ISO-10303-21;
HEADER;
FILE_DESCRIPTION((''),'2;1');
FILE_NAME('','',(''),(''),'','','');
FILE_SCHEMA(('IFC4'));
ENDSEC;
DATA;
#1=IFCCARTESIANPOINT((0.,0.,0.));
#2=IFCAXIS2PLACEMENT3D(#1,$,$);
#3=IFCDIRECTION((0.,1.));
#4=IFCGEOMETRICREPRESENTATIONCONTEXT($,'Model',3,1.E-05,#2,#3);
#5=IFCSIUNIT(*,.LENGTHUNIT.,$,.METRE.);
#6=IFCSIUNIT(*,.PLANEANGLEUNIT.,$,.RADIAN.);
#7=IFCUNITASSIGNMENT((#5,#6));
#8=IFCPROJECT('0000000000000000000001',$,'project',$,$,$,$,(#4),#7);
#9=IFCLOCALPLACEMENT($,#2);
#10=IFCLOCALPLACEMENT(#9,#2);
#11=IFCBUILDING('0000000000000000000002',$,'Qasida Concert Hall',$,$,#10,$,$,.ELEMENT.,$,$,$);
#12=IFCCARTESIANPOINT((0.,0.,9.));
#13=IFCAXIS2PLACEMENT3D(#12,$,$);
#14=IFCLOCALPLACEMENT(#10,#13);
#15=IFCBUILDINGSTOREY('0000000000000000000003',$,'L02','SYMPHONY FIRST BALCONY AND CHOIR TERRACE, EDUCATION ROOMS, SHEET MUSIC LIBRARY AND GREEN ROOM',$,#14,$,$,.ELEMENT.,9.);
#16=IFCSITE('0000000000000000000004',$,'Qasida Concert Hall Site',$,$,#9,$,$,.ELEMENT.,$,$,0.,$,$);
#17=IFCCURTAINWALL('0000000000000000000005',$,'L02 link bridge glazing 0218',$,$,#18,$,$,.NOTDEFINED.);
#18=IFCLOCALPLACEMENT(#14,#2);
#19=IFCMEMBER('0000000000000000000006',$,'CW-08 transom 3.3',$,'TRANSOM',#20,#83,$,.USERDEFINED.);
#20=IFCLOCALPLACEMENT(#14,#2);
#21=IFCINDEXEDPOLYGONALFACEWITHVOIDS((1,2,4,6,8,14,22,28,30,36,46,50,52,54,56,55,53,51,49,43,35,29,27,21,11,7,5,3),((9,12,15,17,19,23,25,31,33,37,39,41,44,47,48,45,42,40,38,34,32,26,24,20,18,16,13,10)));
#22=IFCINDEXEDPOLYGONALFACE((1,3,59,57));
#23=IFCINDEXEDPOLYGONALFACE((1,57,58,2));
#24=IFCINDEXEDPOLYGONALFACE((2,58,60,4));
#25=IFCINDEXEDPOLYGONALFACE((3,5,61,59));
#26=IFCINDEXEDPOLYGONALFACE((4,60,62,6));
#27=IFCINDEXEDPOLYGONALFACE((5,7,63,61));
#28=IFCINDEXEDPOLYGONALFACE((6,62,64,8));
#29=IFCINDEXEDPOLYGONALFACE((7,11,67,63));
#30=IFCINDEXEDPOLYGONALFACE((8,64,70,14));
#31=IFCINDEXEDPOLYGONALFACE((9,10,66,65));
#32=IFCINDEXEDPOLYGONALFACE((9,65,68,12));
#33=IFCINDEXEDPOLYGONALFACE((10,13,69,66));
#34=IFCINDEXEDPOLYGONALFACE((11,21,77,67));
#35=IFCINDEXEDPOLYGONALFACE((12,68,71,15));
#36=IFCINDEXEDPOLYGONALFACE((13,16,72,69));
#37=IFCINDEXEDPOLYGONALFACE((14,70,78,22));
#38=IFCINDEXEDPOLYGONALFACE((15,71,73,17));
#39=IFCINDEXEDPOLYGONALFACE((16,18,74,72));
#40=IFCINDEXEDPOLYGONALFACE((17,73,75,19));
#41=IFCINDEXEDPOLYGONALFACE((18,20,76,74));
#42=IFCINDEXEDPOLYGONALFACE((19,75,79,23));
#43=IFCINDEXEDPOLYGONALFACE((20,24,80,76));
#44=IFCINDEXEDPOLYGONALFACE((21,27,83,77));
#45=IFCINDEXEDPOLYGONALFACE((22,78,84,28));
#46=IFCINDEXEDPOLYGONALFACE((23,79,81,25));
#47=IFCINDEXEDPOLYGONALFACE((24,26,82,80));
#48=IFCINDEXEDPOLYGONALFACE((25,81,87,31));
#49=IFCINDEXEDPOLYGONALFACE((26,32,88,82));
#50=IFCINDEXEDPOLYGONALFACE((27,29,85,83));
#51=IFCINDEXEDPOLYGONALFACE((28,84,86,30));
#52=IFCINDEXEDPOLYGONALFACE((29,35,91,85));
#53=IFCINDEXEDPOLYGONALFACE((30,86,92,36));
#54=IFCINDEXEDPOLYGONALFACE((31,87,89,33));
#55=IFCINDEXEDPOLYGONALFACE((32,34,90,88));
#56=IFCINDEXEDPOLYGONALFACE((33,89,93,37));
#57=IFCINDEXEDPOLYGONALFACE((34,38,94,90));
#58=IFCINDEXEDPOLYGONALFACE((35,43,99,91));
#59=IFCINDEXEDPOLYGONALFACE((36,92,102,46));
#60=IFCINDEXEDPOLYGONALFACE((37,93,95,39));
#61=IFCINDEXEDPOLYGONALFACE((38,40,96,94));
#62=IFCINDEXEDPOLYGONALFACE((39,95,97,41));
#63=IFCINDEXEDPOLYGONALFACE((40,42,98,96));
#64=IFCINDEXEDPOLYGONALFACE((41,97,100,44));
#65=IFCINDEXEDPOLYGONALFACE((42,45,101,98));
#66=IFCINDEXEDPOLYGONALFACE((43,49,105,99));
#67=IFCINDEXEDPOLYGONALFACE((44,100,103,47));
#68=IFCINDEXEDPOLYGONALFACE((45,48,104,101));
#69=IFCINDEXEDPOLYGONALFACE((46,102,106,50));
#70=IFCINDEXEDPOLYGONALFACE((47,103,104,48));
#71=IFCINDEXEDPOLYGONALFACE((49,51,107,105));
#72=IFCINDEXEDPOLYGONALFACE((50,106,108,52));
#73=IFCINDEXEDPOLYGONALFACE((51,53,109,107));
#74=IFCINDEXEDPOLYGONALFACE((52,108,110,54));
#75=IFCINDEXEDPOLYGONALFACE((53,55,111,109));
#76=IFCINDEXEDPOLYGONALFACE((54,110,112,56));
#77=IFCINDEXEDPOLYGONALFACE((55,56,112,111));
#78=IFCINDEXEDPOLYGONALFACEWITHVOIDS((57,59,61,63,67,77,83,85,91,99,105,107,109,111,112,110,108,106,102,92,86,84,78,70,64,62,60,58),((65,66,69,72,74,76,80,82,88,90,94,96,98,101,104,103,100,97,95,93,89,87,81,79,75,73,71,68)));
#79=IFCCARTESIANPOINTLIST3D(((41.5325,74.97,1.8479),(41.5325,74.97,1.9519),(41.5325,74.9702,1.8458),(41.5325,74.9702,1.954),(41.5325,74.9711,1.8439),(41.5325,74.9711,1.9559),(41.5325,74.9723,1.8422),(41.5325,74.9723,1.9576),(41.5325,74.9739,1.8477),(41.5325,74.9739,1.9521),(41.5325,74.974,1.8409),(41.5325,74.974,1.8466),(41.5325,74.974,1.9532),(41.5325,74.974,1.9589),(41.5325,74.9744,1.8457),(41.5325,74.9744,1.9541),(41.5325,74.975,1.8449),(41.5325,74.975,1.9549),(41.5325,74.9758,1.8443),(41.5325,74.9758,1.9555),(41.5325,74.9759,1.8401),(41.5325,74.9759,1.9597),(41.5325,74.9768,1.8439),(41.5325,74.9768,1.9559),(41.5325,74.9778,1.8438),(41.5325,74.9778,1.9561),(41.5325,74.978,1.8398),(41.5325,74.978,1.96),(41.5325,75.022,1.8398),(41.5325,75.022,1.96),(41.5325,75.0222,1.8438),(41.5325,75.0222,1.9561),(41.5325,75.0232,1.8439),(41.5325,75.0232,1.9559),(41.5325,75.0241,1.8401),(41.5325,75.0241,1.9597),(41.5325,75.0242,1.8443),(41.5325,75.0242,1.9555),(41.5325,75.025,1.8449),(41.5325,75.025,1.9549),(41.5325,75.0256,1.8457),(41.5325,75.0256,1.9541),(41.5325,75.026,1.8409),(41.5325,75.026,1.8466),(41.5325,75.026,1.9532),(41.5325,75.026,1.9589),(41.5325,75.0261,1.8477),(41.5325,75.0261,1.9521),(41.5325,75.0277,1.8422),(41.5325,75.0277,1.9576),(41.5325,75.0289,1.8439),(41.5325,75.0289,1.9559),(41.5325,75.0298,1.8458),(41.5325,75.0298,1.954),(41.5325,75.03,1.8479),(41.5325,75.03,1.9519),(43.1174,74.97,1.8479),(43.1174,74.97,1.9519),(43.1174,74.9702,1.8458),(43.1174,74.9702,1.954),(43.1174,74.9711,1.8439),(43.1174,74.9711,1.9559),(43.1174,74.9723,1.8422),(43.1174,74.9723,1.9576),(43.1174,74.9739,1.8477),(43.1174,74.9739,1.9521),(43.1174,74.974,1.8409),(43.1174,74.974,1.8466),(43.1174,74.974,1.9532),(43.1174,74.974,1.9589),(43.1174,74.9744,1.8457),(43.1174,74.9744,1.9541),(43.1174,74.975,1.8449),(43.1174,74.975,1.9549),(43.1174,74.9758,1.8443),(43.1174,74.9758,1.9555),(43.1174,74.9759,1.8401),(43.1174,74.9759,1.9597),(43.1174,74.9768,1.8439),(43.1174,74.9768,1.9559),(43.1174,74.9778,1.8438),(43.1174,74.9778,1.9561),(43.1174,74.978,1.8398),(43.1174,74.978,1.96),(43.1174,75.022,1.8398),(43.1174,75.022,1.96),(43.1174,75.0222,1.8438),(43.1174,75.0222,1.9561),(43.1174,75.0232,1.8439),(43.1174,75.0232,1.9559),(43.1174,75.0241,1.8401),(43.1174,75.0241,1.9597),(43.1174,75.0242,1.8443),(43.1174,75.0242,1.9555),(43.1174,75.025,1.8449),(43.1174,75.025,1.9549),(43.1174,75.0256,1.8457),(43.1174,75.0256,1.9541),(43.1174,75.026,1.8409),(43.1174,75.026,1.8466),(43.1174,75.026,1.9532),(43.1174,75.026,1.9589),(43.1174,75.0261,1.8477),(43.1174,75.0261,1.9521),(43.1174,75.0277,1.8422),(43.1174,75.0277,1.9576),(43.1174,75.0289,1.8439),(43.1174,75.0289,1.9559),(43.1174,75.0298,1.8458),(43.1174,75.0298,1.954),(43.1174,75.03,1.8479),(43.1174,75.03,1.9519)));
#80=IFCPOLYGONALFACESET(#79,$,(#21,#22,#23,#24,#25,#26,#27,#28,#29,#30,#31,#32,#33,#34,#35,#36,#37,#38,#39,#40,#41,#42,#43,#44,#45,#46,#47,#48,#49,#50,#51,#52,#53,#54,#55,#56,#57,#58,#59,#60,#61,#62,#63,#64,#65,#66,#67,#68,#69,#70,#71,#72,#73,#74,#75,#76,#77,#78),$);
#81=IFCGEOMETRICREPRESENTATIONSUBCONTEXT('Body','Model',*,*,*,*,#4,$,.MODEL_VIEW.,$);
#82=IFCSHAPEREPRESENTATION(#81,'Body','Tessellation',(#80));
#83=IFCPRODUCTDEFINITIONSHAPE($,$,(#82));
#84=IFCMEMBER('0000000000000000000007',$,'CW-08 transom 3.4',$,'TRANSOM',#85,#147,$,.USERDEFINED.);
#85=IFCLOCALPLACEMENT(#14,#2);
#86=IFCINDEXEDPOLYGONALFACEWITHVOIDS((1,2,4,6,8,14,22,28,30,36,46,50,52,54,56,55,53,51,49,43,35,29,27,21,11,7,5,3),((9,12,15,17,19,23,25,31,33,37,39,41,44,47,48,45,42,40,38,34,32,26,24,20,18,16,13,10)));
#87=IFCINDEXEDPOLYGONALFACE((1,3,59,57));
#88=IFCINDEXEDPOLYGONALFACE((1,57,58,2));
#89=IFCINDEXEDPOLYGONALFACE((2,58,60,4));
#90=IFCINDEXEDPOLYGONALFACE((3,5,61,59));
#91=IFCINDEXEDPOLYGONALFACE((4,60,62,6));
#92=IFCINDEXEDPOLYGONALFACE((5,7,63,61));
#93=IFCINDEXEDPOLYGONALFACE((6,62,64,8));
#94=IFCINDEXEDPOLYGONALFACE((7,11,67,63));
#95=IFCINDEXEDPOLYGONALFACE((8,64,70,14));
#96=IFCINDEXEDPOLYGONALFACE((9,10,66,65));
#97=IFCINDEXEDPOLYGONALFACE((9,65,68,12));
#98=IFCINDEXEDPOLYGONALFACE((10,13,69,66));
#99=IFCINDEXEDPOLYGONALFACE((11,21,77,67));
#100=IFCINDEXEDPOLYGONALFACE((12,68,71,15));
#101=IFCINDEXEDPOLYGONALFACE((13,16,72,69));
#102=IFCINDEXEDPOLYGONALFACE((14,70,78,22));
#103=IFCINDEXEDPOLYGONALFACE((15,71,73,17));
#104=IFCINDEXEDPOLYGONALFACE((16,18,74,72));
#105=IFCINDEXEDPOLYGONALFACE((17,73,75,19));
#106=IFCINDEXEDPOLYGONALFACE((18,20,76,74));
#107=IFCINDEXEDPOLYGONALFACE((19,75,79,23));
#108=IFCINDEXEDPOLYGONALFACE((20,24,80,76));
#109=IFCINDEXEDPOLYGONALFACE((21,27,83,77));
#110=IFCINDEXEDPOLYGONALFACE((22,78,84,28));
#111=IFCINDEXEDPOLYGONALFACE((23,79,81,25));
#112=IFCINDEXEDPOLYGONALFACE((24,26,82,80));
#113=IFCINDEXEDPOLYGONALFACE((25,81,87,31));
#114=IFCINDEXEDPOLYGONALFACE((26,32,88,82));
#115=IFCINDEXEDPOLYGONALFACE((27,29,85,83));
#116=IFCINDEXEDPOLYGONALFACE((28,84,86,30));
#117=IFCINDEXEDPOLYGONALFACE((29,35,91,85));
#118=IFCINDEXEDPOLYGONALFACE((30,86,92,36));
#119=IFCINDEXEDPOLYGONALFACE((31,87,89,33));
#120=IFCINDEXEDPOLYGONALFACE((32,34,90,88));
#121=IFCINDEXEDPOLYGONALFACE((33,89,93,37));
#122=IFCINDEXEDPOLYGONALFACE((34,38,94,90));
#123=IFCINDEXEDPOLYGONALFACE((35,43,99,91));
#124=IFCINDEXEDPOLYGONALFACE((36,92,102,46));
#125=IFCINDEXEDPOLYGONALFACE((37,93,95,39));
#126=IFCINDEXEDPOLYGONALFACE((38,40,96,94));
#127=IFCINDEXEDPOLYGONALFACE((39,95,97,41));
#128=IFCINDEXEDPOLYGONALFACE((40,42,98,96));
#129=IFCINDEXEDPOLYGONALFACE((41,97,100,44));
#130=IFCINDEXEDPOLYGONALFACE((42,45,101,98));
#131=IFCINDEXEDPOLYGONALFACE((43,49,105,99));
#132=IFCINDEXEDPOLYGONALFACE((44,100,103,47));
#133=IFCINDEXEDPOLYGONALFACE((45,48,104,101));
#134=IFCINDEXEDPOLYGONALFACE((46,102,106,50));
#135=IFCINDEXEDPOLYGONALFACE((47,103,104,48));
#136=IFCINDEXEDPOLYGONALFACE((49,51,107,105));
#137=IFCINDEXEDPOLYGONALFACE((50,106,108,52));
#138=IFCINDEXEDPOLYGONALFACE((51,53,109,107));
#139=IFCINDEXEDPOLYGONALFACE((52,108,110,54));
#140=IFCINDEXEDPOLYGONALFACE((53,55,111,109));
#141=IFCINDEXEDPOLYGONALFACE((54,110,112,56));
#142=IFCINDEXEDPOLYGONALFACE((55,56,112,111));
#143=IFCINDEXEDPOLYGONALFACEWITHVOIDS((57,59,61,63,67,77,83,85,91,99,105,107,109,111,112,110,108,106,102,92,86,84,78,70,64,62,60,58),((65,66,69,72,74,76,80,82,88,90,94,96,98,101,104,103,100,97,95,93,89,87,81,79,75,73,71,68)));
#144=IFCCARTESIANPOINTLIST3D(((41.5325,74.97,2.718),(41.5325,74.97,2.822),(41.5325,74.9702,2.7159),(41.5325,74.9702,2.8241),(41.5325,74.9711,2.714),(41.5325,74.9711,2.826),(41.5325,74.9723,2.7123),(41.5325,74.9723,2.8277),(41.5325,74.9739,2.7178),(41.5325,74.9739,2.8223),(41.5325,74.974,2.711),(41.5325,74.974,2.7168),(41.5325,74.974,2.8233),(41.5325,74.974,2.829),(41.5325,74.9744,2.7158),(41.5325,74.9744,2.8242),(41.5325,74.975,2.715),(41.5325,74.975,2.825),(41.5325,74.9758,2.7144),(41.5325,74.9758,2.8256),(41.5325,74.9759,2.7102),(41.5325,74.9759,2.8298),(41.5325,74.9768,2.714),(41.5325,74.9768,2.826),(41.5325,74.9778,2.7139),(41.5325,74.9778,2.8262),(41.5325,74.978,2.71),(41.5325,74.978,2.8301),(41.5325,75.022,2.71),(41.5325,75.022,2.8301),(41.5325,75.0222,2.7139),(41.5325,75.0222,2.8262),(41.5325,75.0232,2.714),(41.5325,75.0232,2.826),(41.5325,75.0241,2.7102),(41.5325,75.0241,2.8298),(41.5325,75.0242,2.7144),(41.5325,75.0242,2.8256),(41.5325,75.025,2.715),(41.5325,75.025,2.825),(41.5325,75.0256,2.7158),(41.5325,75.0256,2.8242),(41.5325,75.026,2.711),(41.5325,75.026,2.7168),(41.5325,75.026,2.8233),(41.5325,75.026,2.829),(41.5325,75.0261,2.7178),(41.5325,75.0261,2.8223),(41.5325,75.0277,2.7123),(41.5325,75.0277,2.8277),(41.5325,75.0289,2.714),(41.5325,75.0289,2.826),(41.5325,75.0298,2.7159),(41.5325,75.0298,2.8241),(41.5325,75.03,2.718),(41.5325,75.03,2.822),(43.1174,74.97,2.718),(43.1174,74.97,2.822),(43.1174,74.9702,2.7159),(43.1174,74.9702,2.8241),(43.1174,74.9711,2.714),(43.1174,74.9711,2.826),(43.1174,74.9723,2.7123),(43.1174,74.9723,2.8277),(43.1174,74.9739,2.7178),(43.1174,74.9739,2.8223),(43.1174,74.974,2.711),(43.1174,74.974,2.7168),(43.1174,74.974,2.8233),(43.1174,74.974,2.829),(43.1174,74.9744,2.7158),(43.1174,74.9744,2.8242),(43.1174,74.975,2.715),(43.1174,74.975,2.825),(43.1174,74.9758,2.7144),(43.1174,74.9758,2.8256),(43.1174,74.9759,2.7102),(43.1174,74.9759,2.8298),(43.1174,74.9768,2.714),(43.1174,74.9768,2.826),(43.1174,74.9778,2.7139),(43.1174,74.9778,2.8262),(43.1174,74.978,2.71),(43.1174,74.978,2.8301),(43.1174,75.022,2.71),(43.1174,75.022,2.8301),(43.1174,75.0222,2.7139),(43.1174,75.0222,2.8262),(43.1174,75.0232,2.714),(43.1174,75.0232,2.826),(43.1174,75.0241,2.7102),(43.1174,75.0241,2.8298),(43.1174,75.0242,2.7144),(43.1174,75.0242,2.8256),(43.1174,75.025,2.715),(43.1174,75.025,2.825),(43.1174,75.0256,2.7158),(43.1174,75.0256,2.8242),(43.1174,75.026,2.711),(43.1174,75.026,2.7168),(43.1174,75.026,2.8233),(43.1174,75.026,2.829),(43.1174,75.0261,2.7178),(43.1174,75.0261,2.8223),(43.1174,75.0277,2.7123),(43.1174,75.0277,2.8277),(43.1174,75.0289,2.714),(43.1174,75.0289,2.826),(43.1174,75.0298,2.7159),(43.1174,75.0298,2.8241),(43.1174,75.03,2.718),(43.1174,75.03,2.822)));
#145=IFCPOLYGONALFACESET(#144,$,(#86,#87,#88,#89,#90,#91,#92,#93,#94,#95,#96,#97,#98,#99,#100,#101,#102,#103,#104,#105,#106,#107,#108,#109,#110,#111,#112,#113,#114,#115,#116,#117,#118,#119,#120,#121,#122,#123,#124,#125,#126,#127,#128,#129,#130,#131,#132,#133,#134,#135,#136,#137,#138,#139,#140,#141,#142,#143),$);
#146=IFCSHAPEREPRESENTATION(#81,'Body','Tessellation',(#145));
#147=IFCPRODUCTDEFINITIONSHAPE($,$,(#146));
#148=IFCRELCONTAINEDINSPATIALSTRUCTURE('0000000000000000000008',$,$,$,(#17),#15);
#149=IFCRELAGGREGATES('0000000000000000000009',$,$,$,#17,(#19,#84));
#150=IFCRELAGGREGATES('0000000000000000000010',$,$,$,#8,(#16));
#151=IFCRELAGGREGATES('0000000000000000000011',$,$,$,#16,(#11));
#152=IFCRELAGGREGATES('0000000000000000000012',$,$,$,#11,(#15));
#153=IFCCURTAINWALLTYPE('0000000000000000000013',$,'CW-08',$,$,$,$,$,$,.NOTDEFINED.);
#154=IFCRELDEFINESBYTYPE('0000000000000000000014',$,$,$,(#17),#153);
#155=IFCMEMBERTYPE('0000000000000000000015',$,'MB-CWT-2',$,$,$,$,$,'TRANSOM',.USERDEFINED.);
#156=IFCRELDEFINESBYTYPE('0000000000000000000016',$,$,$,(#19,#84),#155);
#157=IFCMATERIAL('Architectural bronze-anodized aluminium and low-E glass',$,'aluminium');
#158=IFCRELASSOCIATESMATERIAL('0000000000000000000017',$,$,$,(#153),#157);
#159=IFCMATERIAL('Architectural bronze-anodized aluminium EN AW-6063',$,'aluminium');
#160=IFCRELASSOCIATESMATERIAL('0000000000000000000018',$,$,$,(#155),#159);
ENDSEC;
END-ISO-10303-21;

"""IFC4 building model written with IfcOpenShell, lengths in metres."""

from ifc_helpers import new_model, si_unit, direction, frame, origin, origin_2d, place, context, subcontext, project, spatial, hollow_rectangle, extrude, material, material_profile, profile_set, type_object, element, aggregate, save


model = new_model("IFC4")

# Units and contexts
model_context = context("Model", 3, precision=1e-05, world=origin(), true_north=direction((0.0, 1.0)))
body_context = subcontext(model_context, "Body", "Model", "MODEL_VIEW")
ifc_project = project(units=[si_unit("LENGTHUNIT", "METRE"), si_unit("PLANEANGLEUNIT", "RADIAN")], contexts=[model_context])

# Site, building, storey
site_placement = place(None, origin())
site = spatial("IfcSite", under=ifc_project, at=site_placement, Name="Qasida Concert Hall Site", CompositionType="ELEMENT", RefElevation=0.0)
building_placement = place(site_placement, origin())
building = spatial("IfcBuilding", under=site, at=building_placement, Name="Qasida Concert Hall", CompositionType="ELEMENT")
storey_placement = place(building_placement, frame((0.0, 0.0, 9.0)))
storey = spatial("IfcBuildingStorey", under=building, at=storey_placement, Name="L02", Description="SYMPHONY FIRST BALCONY AND CHOIR TERRACE, EDUCATION ROOMS, SHEET MUSIC LIBRARY AND GREEN ROOM", CompositionType="ELEMENT", Elevation=9.0)

# Curtain wall, members
ifc_material_1 = material(Name="Architectural bronze-anodized aluminium and low-E glass", Category="aluminium")
curtain_wall_type = type_object("IfcCurtainWallType", Name="CW-08", PredefinedType="NOTDEFINED", material=ifc_material_1)
curtain_wall_placement = place(storey_placement, origin())
curtain_wall = element("IfcCurtainWall", 1, at=curtain_wall_placement, inside=storey, type_object=curtain_wall_type, Name="L02 link bridge glazing 0218", PredefinedType="NOTDEFINED")
ifc_material_2 = material(Name="Architectural bronze-anodized aluminium EN AW-6063", Category="aluminium")
ifc_material_profile_1 = material_profile(ifc_material_2, hollow_rectangle(XDim=0.0601, YDim=0.1201, WallThickness=0.0039, InnerFilletRadius=0.0039, OuterFilletRadius=0.0081, at=origin_2d()), Name="CWT 120x60x4")
ifc_profile_set_1 = profile_set([ifc_material_profile_1], Name="Architectural bronze-anodized aluminium EN AW-6063")
member_type_1 = type_object("IfcMemberType", Name="MB-CWT-2", ElementType="TRANSOM", PredefinedType="USERDEFINED", material=ifc_profile_set_1)
member_1_placement = place(storey_placement, frame((41.5325, 75.0, 1.8999), z_axis=(1.0, 0.0, 0.0), x_axis=(0.0, 1.0, 0.0)))
member_1 = element("IfcMember", 2, at=member_1_placement, type_object=member_type_1, Name="CW-08 transom 3.3", ObjectType="TRANSOM", PredefinedType="USERDEFINED", context=body_context, shape_type="SweptSolid", body=[
    extrude(hollow_rectangle(XDim=0.0601, YDim=0.1201, WallThickness=0.0039, InnerFilletRadius=0.0039, OuterFilletRadius=0.0081, at=origin_2d()), origin(), (0.0, 0.0, 1.0), 1.585),
])
member_2_placement = place(storey_placement, frame((41.5325, 75.0, 2.77), z_axis=(1.0, 0.0, 0.0), x_axis=(0.0, 1.0, 0.0)))
member_2 = element("IfcMember", 3, at=member_2_placement, type_object=member_type_1, Name="CW-08 transom 3.4", ObjectType="TRANSOM", PredefinedType="USERDEFINED", context=body_context, shape_type="SweptSolid", body=[
    extrude(hollow_rectangle(XDim=0.0601, YDim=0.1201, WallThickness=0.0039, InnerFilletRadius=0.0039, OuterFilletRadius=0.0081, at=origin_2d()), origin(), (0.0, 0.0, 1.0), 1.585),
])
aggregate(curtain_wall, [member_1, member_2])

save(model, "model.ifc")
